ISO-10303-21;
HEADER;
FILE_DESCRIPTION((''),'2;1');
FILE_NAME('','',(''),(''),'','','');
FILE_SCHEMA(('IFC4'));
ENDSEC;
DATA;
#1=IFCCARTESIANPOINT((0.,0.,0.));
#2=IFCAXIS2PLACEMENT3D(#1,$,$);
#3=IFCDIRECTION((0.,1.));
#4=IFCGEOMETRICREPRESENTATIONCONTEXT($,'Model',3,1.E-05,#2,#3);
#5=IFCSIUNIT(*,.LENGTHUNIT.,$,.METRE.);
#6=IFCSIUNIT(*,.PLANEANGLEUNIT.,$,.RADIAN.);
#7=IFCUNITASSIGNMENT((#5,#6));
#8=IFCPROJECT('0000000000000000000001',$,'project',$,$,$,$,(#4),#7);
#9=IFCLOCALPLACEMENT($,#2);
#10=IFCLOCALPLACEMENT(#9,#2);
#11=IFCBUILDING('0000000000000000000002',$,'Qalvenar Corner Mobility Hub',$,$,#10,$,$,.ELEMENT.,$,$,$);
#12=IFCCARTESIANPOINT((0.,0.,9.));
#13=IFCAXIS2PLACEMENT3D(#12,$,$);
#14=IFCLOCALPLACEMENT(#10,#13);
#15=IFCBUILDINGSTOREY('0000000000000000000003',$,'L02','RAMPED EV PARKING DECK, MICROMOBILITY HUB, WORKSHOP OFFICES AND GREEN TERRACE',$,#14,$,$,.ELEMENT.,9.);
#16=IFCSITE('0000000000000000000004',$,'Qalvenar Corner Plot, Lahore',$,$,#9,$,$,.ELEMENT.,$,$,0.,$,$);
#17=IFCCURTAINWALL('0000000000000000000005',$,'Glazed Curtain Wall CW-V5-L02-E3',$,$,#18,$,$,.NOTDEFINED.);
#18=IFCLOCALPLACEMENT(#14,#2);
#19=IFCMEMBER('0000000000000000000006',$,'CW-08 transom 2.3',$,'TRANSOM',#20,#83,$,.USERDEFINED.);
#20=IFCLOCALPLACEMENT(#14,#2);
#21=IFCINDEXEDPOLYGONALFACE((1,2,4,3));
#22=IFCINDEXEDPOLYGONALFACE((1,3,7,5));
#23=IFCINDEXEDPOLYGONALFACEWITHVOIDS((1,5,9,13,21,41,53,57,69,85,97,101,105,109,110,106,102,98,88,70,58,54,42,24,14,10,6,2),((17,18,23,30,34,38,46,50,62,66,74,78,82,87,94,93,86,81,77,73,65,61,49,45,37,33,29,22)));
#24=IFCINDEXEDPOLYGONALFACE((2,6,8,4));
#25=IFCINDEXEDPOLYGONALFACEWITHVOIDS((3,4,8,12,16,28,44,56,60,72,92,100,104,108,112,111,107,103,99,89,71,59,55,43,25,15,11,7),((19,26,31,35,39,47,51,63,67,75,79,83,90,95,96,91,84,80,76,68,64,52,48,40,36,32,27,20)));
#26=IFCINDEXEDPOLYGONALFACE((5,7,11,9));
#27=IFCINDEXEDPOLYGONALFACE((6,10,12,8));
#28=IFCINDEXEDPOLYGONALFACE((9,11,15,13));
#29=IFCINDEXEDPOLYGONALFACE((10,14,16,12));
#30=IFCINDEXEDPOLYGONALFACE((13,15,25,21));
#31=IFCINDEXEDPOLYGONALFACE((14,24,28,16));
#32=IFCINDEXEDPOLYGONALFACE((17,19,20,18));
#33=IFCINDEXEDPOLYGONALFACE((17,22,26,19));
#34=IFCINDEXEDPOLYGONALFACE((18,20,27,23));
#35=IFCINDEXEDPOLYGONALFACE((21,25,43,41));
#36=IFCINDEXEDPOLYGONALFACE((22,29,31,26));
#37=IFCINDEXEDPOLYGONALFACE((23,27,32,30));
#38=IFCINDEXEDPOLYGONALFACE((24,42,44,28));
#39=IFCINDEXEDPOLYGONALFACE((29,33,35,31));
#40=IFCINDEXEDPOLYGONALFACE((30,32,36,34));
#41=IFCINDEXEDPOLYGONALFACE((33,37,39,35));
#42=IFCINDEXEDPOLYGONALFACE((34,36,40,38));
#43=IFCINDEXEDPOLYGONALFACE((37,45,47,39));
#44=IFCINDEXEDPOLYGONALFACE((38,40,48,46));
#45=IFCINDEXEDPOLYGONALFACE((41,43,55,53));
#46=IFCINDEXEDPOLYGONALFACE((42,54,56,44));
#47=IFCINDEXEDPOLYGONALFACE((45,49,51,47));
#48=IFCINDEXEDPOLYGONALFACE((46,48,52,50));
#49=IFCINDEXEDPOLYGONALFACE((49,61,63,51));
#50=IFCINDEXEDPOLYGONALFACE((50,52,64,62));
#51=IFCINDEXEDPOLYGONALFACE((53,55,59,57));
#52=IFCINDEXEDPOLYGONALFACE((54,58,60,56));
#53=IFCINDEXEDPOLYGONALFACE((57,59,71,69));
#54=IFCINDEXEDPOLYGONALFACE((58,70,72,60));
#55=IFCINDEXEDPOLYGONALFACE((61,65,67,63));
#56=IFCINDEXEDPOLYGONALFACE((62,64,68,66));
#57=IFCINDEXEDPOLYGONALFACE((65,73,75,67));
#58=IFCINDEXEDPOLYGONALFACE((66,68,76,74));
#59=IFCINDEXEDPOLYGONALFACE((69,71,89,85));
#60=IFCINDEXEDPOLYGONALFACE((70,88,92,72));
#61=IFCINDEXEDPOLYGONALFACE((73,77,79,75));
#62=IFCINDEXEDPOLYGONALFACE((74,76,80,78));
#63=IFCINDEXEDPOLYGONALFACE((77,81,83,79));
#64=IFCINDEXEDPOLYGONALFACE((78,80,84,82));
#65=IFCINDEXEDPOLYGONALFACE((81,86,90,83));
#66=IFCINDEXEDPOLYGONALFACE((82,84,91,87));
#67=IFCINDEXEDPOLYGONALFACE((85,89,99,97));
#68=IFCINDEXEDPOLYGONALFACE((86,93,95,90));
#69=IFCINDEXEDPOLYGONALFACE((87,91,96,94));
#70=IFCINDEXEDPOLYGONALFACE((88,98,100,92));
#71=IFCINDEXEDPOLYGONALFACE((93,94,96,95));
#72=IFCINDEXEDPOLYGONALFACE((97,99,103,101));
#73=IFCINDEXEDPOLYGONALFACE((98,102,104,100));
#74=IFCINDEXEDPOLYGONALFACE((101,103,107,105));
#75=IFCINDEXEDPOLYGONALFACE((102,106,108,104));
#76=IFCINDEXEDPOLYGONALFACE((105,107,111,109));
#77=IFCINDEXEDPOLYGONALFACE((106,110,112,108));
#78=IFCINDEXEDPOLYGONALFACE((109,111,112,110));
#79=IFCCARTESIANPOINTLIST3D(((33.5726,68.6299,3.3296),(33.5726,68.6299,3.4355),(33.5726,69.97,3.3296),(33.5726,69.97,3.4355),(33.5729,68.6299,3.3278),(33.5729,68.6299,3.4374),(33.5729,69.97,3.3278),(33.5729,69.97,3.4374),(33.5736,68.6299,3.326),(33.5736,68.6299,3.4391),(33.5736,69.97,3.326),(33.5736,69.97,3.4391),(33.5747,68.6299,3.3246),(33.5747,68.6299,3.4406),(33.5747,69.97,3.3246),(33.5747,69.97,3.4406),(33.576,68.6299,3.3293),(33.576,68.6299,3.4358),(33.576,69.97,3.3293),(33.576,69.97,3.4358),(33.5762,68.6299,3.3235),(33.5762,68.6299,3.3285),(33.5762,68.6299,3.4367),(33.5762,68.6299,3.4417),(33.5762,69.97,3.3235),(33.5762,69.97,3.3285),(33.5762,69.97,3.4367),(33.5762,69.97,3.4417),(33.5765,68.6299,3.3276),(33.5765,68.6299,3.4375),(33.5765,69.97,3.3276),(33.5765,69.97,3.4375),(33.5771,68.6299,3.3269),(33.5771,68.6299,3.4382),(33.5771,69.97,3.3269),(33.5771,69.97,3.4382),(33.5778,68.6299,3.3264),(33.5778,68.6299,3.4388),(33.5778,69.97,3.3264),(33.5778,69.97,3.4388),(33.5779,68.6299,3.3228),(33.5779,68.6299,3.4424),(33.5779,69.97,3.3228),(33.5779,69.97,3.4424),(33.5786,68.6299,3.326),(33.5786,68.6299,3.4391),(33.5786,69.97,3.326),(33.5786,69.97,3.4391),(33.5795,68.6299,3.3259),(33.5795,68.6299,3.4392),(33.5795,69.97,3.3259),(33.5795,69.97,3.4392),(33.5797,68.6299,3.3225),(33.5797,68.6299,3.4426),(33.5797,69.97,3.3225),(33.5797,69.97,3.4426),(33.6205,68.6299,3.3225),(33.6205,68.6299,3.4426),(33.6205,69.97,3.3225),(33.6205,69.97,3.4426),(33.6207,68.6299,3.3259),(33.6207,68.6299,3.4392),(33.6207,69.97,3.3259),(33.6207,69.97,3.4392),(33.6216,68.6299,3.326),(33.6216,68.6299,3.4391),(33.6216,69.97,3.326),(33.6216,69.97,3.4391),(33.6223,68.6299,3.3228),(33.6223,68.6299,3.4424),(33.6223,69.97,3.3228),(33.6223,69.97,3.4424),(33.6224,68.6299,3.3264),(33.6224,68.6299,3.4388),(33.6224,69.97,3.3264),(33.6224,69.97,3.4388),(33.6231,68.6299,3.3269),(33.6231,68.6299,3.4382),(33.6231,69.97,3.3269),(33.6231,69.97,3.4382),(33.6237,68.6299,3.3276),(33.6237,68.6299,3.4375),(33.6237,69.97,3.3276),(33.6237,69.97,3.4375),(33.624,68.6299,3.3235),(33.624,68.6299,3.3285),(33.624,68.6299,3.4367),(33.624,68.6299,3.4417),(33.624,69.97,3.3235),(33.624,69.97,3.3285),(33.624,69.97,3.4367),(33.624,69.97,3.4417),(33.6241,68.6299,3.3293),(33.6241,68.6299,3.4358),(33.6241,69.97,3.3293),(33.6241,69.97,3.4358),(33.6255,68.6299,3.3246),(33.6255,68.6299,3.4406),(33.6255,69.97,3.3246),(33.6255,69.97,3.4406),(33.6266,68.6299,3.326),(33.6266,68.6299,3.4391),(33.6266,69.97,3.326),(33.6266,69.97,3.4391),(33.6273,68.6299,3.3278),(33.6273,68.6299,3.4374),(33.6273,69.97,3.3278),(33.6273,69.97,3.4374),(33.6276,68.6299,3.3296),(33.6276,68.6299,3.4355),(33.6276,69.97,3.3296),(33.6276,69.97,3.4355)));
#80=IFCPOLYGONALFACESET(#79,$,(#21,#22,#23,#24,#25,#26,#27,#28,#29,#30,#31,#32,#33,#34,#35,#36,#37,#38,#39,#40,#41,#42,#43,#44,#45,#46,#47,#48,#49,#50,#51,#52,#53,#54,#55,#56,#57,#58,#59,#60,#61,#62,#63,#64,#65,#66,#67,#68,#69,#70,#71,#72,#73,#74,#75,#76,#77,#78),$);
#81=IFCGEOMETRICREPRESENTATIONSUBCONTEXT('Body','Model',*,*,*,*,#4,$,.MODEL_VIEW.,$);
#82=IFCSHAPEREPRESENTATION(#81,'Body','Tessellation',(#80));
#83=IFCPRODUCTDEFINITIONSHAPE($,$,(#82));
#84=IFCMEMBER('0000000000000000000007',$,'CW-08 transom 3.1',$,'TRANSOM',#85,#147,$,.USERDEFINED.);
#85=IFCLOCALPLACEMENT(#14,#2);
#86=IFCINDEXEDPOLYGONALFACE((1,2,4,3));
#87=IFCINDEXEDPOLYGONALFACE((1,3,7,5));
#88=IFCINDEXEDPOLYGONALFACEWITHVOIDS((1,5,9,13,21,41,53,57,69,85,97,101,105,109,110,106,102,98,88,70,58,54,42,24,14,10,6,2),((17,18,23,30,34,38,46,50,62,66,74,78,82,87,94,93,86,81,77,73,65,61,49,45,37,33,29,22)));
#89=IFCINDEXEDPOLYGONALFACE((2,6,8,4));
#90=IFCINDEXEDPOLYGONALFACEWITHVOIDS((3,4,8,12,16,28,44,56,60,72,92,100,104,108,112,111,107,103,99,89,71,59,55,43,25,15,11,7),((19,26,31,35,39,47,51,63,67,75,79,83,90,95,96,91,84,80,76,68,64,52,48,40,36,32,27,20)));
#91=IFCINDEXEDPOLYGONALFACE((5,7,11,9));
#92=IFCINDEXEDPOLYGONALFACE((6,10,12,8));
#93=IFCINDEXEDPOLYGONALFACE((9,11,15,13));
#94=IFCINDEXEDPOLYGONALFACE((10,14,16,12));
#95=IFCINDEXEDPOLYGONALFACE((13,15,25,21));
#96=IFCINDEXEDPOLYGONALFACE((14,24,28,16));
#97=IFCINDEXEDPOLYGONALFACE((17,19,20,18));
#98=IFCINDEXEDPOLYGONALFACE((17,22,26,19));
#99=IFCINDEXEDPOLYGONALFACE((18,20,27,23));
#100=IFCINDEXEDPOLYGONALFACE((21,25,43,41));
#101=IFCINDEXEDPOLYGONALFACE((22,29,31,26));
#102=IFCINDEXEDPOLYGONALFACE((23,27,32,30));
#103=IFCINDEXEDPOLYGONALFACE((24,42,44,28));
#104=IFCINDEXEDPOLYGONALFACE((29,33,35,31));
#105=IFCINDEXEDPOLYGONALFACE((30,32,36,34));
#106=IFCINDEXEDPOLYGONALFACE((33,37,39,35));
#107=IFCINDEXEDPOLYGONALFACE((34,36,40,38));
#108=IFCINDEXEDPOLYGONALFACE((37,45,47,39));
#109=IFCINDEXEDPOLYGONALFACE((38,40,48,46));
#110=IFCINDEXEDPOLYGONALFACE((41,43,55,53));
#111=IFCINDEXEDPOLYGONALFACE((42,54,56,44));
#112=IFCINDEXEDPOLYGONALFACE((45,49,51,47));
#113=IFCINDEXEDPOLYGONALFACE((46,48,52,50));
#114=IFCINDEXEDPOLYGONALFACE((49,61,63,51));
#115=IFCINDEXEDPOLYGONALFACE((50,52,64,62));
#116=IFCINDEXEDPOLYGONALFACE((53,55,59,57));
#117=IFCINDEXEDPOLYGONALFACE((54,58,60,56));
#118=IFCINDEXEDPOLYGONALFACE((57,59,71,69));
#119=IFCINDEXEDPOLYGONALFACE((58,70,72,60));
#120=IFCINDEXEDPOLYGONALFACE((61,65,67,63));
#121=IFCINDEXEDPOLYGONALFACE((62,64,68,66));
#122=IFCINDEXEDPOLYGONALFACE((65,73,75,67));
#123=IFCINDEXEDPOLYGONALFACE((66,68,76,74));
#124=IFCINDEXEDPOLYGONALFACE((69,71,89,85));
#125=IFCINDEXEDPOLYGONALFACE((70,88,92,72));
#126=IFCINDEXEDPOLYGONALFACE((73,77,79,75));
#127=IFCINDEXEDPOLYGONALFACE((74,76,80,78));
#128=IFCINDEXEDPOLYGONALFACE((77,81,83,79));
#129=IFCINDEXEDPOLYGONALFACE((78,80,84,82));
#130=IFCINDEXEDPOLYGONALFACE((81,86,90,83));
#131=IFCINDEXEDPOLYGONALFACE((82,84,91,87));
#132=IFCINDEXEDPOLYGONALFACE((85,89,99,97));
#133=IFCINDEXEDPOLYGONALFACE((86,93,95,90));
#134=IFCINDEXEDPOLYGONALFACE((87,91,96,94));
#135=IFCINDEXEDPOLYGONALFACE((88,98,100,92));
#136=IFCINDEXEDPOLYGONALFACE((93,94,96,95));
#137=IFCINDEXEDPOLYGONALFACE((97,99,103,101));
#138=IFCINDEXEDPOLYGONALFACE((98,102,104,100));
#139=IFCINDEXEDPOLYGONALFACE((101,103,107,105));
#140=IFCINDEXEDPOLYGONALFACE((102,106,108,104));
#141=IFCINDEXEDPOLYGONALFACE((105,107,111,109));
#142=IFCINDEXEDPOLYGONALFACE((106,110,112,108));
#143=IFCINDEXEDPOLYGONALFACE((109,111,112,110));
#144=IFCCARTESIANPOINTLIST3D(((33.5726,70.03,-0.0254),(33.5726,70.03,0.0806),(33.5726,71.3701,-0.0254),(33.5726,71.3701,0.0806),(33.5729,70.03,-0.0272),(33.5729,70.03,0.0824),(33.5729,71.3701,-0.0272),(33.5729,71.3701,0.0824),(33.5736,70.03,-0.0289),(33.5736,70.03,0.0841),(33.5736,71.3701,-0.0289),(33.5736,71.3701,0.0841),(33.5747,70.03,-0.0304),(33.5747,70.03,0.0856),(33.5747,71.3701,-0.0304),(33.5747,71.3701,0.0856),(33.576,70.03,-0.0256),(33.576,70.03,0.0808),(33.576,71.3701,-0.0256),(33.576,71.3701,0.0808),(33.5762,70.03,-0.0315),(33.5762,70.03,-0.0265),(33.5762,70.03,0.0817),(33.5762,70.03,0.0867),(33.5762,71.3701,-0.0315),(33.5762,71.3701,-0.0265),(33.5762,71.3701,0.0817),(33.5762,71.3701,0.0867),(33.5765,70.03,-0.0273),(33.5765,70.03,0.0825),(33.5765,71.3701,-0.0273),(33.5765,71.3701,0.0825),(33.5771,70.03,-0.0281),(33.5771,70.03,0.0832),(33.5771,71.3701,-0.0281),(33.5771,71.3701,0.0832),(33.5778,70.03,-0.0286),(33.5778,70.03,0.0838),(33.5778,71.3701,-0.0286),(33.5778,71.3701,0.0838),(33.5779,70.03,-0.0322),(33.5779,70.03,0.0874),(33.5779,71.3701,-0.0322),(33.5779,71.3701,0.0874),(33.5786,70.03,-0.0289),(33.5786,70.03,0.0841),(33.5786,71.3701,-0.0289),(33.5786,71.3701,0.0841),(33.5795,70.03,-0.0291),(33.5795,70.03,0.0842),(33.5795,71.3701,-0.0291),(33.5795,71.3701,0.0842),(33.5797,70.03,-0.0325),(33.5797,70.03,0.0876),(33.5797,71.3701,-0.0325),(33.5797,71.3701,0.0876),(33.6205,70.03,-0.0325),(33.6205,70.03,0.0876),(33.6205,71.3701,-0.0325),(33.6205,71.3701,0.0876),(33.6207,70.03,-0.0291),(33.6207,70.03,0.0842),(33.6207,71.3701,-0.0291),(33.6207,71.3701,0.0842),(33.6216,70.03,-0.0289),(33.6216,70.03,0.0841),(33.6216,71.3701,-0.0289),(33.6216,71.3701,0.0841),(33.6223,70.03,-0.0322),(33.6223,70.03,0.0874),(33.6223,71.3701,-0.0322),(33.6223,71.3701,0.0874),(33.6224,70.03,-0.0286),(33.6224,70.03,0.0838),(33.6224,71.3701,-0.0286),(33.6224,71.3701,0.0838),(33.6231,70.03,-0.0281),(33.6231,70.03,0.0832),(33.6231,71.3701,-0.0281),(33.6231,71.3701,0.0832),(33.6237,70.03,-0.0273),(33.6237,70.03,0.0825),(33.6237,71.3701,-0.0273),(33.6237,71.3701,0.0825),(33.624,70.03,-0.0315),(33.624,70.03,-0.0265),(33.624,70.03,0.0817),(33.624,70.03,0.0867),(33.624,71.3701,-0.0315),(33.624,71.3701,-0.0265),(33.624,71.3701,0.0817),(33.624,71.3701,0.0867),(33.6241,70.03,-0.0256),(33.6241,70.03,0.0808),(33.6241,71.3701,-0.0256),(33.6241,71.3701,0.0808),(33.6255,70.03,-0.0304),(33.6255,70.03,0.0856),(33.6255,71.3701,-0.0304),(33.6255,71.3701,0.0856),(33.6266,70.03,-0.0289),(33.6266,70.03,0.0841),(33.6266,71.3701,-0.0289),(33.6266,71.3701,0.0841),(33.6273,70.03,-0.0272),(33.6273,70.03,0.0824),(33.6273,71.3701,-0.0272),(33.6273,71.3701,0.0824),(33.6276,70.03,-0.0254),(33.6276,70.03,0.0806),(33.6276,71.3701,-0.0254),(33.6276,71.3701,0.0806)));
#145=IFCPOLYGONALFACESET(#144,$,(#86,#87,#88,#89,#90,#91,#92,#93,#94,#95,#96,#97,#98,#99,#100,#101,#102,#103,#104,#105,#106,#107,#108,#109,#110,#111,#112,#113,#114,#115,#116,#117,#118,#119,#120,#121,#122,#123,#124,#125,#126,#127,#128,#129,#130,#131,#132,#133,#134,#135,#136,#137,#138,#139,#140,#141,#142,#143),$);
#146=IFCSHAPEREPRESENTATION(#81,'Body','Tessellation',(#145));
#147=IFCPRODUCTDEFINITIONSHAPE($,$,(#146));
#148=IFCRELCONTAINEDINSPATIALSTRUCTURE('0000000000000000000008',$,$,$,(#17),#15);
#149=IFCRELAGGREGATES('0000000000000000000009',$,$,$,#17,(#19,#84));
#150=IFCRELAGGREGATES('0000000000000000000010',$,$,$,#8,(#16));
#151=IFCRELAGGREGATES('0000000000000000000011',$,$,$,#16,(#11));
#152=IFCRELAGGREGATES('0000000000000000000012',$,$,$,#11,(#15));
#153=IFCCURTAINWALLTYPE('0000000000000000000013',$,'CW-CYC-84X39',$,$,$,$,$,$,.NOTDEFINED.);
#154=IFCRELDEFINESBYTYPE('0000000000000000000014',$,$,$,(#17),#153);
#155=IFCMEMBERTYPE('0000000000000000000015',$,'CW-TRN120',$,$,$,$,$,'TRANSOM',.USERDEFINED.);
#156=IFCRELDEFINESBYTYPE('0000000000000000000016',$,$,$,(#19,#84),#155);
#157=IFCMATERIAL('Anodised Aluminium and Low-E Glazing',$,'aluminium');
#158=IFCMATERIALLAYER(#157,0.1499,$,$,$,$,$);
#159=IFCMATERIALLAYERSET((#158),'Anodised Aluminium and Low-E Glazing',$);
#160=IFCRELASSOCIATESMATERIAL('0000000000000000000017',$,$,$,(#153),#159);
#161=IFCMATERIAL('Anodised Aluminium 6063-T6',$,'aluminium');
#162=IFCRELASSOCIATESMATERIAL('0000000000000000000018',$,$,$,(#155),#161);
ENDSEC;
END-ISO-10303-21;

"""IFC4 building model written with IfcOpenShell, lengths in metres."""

from ifc_helpers import new_model, si_unit, direction, frame, origin, origin_2d, place, context, subcontext, project, spatial, hollow_rectangle, extrude, material, layer, layer_set, material_profile, profile_set, type_object, element, aggregate, save


model = new_model("IFC4")

# Units and contexts
model_context = context("Model", 3, precision=1e-05, world=origin(), true_north=direction((0.0, 1.0)))
body_context = subcontext(model_context, "Body", "Model", "MODEL_VIEW")
ifc_project = project(units=[si_unit("LENGTHUNIT", "METRE"), si_unit("PLANEANGLEUNIT", "RADIAN")], contexts=[model_context])

# Site, building, storey
site_placement = place(None, origin())
site = spatial("IfcSite", under=ifc_project, at=site_placement, Name="Qalvenar Corner Plot, Lahore", CompositionType="ELEMENT", RefElevation=0.0)
building_placement = place(site_placement, origin())
building = spatial("IfcBuilding", under=site, at=building_placement, Name="Qalvenar Corner Mobility Hub", CompositionType="ELEMENT")
storey_placement = place(building_placement, frame((0.0, 0.0, 9.0)))
storey = spatial("IfcBuildingStorey", under=building, at=storey_placement, Name="L02", Description="RAMPED EV PARKING DECK, MICROMOBILITY HUB, WORKSHOP OFFICES AND GREEN TERRACE", CompositionType="ELEMENT", Elevation=9.0)

# Curtain wall, members
ifc_material_1 = material(Name="Anodised Aluminium and Low-E Glazing", Category="aluminium")
ifc_layer_1 = layer(ifc_material_1, 0.1499)
ifc_layer_set_1 = layer_set([ifc_layer_1], Name="Anodised Aluminium and Low-E Glazing")
curtain_wall_type = type_object("IfcCurtainWallType", Name="CW-CYC-84X39", PredefinedType="NOTDEFINED", material=ifc_layer_set_1)
curtain_wall_placement = place(storey_placement, origin())
curtain_wall = element("IfcCurtainWall", 1, at=curtain_wall_placement, inside=storey, type_object=curtain_wall_type, Name="Glazed Curtain Wall CW-V5-L02-E3", PredefinedType="NOTDEFINED")
ifc_material_2 = material(Name="Anodised Aluminium 6063-T6", Category="aluminium")
ifc_material_profile_1 = material_profile(ifc_material_2, hollow_rectangle(XDim=0.0549, YDim=0.1201, WallThickness=0.0034, InnerFilletRadius=0.0034, OuterFilletRadius=0.0071, at=origin_2d()), Name="RHS120x55x3.5")
ifc_profile_set_1 = profile_set([ifc_material_profile_1], Name="Anodised Aluminium 6063-T6")
member_type_1 = type_object("IfcMemberType", Name="CW-TRN120", ElementType="TRANSOM", PredefinedType="USERDEFINED", material=ifc_profile_set_1)
member_1_placement = place(storey_placement, frame((33.6001, 68.6299, 3.3826), z_axis=(0.0, 1.0, 0.0), x_axis=(-1.0, 0.0, 0.0)))
member_1 = element("IfcMember", 2, at=member_1_placement, type_object=member_type_1, Name="CW-08 transom 2.3", ObjectType="TRANSOM", PredefinedType="USERDEFINED", context=body_context, shape_type="SweptSolid", body=[
    extrude(hollow_rectangle(XDim=0.0549, YDim=0.1201, WallThickness=0.0034, InnerFilletRadius=0.0034, OuterFilletRadius=0.0071, at=origin_2d()), origin(), (0.0, 0.0, 1.0), 1.3401),
])
member_2_placement = place(storey_placement, frame((33.6001, 70.03, 0.0276), z_axis=(0.0, 1.0, 0.0), x_axis=(-1.0, 0.0, 0.0)))
member_2 = element("IfcMember", 3, at=member_2_placement, type_object=member_type_1, Name="CW-08 transom 3.1", ObjectType="TRANSOM", PredefinedType="USERDEFINED", context=body_context, shape_type="SweptSolid", body=[
    extrude(hollow_rectangle(XDim=0.0549, YDim=0.1201, WallThickness=0.0034, InnerFilletRadius=0.0034, OuterFilletRadius=0.0071, at=origin_2d()), origin(), (0.0, 0.0, 1.0), 1.3401),
])
aggregate(curtain_wall, [member_1, member_2])

save(model, "model.ifc")
